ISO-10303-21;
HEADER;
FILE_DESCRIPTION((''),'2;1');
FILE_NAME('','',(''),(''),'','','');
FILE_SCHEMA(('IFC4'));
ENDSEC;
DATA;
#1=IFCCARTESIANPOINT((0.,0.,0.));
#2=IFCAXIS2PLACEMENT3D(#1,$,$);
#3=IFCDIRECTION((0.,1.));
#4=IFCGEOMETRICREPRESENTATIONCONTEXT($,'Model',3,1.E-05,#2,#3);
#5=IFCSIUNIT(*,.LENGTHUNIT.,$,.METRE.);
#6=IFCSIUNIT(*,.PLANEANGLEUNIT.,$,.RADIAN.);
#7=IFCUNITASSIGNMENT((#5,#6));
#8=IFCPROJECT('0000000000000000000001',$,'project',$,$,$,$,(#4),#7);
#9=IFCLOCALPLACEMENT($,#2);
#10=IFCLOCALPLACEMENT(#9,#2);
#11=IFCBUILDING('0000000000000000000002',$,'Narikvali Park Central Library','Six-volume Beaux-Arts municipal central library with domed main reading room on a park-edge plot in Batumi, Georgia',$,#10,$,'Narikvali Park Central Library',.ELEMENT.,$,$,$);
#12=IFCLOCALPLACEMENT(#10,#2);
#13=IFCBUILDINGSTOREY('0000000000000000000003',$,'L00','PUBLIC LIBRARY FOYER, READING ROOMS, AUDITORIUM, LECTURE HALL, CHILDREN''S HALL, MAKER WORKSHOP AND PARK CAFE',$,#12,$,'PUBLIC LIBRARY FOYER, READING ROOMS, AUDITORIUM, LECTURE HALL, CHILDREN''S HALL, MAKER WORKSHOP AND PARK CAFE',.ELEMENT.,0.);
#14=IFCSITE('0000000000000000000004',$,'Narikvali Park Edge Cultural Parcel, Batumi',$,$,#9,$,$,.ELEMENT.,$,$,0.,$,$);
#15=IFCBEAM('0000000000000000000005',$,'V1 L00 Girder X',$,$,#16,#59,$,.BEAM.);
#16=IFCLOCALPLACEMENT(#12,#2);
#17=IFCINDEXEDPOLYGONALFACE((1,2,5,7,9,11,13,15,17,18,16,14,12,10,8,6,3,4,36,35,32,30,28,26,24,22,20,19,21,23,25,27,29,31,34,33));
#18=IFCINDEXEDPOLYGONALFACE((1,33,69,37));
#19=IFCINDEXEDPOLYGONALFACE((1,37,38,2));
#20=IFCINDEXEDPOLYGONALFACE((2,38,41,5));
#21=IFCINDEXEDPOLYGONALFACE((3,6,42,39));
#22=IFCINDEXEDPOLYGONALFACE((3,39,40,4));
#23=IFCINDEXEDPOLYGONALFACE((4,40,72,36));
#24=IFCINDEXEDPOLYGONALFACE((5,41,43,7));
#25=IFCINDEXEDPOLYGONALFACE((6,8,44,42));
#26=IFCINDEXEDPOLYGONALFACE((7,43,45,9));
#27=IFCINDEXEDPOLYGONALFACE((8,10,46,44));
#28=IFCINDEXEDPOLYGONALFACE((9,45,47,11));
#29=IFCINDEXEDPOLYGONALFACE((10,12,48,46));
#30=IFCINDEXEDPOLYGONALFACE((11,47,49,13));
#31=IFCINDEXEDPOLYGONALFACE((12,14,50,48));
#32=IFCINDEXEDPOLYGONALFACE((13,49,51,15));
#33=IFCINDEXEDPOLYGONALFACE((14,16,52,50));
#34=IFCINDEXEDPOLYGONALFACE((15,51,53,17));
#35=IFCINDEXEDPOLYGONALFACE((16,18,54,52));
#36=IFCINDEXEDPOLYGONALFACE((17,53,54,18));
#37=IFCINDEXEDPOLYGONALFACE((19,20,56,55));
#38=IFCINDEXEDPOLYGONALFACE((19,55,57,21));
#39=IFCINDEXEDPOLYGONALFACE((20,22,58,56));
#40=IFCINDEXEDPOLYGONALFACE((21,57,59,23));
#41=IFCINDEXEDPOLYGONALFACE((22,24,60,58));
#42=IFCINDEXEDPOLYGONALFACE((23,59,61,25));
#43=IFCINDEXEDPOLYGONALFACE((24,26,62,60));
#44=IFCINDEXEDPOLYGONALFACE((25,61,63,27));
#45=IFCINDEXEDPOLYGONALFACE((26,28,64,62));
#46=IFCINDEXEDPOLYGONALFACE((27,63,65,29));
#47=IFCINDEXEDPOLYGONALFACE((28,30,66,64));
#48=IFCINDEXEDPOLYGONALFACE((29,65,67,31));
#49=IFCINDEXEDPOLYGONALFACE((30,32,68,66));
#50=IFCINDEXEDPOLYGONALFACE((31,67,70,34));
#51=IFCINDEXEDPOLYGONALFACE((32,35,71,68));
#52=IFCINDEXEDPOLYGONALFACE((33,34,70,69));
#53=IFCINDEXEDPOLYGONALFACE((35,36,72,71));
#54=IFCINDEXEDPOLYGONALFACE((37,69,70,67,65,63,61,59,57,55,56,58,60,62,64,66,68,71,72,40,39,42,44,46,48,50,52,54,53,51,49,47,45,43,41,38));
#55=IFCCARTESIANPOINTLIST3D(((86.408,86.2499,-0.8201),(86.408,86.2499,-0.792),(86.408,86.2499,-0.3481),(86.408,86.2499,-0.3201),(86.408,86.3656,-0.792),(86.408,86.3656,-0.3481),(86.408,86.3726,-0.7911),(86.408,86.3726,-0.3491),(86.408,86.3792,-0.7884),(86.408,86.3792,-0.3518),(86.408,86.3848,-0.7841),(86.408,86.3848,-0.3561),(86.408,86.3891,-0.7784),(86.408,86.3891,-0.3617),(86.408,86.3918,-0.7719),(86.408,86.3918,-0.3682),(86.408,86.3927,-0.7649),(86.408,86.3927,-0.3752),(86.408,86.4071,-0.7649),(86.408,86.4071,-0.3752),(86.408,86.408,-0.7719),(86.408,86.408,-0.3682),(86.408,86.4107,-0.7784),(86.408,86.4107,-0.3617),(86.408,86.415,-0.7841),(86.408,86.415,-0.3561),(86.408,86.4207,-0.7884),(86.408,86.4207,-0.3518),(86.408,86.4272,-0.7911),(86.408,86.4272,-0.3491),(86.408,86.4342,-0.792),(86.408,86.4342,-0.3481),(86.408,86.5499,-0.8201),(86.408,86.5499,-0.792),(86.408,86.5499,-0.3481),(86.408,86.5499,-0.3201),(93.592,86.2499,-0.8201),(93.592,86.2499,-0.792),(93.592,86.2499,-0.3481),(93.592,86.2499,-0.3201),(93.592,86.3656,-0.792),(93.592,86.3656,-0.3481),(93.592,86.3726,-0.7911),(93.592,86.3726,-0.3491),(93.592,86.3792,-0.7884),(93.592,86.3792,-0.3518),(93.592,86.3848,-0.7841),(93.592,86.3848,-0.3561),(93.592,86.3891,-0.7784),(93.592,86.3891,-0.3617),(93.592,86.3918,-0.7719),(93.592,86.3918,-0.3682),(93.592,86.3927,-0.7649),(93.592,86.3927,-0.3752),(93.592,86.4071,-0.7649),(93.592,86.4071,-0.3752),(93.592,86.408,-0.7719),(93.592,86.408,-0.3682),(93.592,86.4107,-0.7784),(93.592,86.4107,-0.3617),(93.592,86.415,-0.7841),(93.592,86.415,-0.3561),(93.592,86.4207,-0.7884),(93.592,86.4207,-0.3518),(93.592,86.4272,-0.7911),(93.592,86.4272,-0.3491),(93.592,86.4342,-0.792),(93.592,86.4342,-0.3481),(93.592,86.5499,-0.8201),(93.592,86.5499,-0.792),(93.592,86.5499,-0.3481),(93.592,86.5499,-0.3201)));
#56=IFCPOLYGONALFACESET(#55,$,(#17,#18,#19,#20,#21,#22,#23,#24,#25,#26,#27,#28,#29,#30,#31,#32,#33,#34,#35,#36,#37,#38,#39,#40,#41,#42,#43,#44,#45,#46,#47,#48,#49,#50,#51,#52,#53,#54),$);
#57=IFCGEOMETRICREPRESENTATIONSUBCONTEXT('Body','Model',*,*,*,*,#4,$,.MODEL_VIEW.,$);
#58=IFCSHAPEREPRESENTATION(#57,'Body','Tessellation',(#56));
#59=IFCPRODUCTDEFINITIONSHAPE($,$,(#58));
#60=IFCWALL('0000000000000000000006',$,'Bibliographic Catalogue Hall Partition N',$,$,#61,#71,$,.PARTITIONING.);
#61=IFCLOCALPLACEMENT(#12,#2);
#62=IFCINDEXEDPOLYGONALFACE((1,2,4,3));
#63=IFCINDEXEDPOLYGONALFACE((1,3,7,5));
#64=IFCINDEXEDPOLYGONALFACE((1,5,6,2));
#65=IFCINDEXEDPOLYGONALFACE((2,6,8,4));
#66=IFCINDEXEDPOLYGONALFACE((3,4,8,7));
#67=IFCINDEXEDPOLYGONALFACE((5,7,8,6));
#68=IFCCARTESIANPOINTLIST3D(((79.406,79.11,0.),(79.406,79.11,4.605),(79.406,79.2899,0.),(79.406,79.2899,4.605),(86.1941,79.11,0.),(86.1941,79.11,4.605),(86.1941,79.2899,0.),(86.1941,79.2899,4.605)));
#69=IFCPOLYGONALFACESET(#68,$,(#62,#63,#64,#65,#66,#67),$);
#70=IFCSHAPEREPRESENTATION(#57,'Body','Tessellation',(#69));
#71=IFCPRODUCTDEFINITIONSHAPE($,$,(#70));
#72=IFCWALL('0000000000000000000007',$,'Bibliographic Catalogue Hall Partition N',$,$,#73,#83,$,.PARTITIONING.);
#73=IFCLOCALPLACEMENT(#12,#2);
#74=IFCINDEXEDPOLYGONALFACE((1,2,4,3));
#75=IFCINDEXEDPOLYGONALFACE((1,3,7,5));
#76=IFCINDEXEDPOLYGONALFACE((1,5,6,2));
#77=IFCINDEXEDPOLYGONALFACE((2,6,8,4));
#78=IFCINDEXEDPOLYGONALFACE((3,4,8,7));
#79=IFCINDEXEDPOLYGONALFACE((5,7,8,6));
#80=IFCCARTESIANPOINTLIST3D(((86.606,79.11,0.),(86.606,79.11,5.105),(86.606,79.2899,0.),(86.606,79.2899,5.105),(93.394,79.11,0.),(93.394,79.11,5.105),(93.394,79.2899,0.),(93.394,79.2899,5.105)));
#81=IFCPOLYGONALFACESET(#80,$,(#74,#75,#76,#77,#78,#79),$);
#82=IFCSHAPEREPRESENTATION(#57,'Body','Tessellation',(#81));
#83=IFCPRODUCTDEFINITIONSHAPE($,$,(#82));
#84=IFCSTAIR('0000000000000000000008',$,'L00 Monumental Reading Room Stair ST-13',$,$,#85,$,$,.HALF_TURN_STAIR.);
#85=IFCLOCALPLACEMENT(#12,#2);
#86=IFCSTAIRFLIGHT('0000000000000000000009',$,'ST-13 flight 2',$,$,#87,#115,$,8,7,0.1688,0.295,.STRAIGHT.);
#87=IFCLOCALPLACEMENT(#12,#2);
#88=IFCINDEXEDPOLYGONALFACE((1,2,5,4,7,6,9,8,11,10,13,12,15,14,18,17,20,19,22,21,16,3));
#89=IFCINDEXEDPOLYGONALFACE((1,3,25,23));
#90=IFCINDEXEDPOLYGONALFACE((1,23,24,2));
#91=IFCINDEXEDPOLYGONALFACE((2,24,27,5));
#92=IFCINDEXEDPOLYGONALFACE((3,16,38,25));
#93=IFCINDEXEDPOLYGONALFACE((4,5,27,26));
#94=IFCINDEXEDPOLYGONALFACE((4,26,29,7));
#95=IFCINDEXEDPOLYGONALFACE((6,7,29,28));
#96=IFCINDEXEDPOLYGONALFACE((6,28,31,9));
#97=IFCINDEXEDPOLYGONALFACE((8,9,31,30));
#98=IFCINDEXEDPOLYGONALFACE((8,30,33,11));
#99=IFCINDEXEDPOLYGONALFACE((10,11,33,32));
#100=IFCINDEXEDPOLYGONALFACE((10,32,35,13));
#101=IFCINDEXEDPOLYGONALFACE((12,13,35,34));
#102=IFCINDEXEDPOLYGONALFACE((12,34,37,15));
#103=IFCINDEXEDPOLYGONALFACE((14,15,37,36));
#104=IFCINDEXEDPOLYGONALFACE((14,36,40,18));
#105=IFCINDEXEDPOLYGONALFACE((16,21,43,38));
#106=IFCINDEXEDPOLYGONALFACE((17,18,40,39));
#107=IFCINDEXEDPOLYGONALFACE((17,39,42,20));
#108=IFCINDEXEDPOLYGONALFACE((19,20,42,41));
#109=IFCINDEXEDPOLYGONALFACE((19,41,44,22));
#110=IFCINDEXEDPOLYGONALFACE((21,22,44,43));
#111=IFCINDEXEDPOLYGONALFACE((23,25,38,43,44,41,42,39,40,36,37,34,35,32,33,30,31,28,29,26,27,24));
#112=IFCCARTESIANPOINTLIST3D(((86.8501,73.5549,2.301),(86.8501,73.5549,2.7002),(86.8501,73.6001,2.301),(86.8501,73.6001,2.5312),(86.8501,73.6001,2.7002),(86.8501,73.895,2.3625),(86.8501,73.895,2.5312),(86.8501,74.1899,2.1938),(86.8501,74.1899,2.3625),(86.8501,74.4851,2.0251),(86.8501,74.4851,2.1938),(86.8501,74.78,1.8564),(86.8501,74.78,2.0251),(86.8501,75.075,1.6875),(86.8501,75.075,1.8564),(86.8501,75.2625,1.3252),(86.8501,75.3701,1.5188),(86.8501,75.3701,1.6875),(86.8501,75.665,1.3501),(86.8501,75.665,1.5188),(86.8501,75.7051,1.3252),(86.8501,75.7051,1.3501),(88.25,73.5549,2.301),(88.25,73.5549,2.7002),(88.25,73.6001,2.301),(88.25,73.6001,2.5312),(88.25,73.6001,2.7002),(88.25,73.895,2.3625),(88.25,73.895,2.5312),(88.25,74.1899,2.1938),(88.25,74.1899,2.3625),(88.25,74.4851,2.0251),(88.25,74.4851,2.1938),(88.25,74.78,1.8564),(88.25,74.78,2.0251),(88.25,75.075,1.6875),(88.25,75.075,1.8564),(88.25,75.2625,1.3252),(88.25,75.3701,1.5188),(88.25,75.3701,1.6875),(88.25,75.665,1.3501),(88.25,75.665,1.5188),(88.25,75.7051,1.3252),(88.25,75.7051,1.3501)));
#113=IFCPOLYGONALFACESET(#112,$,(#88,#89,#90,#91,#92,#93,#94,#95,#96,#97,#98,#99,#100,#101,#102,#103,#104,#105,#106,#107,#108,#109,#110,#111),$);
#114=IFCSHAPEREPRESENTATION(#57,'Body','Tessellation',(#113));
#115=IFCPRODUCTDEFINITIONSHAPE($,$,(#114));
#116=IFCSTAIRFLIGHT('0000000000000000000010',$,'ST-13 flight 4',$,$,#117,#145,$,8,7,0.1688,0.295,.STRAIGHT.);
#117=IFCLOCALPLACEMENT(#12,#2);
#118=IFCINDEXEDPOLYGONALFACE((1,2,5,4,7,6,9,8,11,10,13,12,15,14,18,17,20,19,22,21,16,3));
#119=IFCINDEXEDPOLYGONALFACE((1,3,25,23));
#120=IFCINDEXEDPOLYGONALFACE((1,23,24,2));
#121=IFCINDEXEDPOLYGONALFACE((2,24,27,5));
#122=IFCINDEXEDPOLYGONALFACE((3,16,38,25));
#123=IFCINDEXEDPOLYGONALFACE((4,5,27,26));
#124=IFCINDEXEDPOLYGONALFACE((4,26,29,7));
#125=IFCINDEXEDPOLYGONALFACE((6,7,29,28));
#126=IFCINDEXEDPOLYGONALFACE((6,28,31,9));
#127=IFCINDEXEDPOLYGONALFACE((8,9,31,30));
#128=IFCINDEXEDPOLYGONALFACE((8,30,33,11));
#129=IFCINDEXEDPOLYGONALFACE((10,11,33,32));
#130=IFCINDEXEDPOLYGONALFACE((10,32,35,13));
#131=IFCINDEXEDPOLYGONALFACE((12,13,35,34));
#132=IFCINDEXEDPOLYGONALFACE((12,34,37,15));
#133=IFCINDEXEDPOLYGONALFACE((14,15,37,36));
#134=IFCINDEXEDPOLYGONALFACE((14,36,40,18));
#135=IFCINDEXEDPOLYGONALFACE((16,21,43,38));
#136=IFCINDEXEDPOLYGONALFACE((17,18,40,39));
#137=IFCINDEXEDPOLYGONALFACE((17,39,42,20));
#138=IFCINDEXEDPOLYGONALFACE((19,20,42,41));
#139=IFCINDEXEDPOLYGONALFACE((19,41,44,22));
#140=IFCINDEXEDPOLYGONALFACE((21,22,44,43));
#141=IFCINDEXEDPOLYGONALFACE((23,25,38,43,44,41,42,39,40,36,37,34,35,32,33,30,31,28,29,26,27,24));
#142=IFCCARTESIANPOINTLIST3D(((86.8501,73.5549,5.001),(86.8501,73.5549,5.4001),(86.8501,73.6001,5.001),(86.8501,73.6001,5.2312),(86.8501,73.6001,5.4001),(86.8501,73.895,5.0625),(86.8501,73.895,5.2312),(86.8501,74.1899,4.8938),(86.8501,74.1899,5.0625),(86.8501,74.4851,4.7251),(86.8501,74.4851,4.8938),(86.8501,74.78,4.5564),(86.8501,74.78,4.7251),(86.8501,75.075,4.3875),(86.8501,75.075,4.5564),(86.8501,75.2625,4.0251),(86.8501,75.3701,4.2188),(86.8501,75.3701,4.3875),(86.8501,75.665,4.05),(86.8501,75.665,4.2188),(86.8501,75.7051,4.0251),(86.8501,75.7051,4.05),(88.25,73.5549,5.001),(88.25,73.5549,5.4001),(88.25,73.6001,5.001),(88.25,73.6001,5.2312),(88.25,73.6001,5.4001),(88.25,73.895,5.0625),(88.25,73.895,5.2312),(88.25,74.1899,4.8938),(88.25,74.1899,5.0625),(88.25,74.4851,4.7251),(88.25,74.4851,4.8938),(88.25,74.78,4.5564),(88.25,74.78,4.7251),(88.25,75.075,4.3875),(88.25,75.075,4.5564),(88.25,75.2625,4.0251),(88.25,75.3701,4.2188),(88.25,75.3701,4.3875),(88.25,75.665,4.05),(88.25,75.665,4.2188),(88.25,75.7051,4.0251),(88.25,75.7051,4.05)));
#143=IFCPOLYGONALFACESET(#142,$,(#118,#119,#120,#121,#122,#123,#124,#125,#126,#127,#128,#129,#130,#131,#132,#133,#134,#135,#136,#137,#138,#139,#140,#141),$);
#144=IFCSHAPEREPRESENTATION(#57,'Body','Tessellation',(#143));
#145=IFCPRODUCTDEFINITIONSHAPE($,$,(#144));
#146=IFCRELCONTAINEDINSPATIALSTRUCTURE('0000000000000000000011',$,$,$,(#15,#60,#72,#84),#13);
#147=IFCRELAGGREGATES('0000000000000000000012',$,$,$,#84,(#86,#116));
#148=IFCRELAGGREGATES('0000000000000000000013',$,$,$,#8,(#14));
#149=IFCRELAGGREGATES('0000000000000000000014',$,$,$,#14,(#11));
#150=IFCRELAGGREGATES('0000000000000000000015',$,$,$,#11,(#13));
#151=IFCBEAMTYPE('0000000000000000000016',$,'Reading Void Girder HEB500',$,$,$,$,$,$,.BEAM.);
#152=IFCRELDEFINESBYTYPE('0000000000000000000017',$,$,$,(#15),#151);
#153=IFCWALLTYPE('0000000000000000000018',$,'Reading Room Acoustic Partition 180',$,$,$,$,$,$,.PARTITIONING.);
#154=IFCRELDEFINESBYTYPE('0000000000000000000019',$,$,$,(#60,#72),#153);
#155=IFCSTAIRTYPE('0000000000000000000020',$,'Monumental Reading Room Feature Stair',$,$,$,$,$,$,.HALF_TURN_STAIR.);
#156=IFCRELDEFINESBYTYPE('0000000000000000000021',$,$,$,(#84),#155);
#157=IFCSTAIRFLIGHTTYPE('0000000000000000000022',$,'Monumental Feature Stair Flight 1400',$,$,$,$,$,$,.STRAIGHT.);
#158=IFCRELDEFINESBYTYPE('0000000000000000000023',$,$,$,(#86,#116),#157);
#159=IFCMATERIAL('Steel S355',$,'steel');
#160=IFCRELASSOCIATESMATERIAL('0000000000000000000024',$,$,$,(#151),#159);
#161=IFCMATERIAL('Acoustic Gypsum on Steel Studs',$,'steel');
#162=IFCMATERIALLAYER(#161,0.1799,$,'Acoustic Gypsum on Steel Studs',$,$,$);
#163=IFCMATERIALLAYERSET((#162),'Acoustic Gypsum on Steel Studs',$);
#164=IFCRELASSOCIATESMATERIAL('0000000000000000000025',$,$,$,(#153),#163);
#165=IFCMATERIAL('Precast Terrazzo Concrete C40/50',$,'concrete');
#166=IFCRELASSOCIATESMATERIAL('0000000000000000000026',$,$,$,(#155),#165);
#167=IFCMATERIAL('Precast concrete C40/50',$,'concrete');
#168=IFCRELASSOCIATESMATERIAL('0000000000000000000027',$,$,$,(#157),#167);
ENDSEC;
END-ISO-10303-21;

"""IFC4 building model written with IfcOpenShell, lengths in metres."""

from ifc_helpers import new_model, si_unit, direction, frame, frame_2d, origin, origin_2d, place, context, subcontext, project, spatial, polyline, rectangle, i_section, outline, extrude, material, layer, layer_set, material_profile, profile_set, type_object, element, aggregate, save


model = new_model("IFC4")

# Units and contexts
model_context = context("Model", 3, precision=1e-05, world=origin(), true_north=direction((0.0, 1.0)))
body_context = subcontext(model_context, "Body", "Model", "MODEL_VIEW")
ifc_project = project(units=[si_unit("LENGTHUNIT", "METRE"), si_unit("PLANEANGLEUNIT", "RADIAN")], contexts=[model_context])

# Site, building, storey
site_placement = place(None, origin())
site = spatial("IfcSite", under=ifc_project, at=site_placement, Name="Narikvali Park Edge Cultural Parcel, Batumi", CompositionType="ELEMENT", RefElevation=0.0)
building_placement = place(site_placement, origin())
building = spatial("IfcBuilding", under=site, at=building_placement, Name="Narikvali Park Central Library", Description="Six-volume Beaux-Arts municipal central library with domed main reading room on a park-edge plot in Batumi, Georgia", LongName="Narikvali Park Central Library", CompositionType="ELEMENT")
storey_placement = place(building_placement, origin())
storey = spatial("IfcBuildingStorey", under=building, at=storey_placement, Name="L00", Description="PUBLIC LIBRARY FOYER, READING ROOMS, AUDITORIUM, LECTURE HALL, CHILDREN'S HALL, MAKER WORKSHOP AND PARK CAFE", LongName="PUBLIC LIBRARY FOYER, READING ROOMS, AUDITORIUM, LECTURE HALL, CHILDREN'S HALL, MAKER WORKSHOP AND PARK CAFE", CompositionType="ELEMENT", Elevation=0.0)

# Shared definitions
ifc_material_1 = material(Name="Steel S355", Category="steel")

# Beam
ifc_material_profile_1 = material_profile(ifc_material_1, i_section(OverallWidth=0.3, OverallDepth=0.5, WebThickness=0.0144, FlangeThickness=0.0281, FilletRadius=0.0271, at=origin_2d()), Name="HEB 500")
ifc_profile_set_1 = profile_set([ifc_material_profile_1], Name="Steel S355")
beam_type_1 = type_object("IfcBeamType", Name="Reading Void Girder HEB500", PredefinedType="BEAM", material=ifc_profile_set_1)
for number, where, z_axis, x_axis, name in (
    (1, (86.408, 86.3999, -0.5701), (1.0, 0.0, 0.0), (0.0, 1.0, 0.0), "V1 L00 Girder X"),
):
    element("IfcBeam", number, at=place(storey_placement, frame(where, z_axis=z_axis, x_axis=x_axis)), inside=storey, type_object=beam_type_1, Name=name, PredefinedType="BEAM", context=body_context, shape_type="SweptSolid", body=[
        extrude(i_section(OverallWidth=0.3, OverallDepth=0.5, WebThickness=0.0144, FlangeThickness=0.0281, FilletRadius=0.0271, at=origin_2d()), origin(), (0.0, 0.0, 1.0), 7.1841),
    ])

# Walls
ifc_material_2 = material(Name="Acoustic Gypsum on Steel Studs", Category="steel")
ifc_layer_1 = layer(ifc_material_2, 0.1799, Name="Acoustic Gypsum on Steel Studs")
ifc_layer_set_1 = layer_set([ifc_layer_1], Name="Acoustic Gypsum on Steel Studs")
wall_type = type_object("IfcWallType", Name="Reading Room Acoustic Partition 180", PredefinedType="PARTITIONING", material=ifc_layer_set_1)
wall_1_placement = place(storey_placement, frame((79.406, 79.2, 0.0), z_axis=(0.0, 0.0, 1.0), x_axis=(1.0, 0.0, 0.0)))
element("IfcWall", 2, at=wall_1_placement, inside=storey, type_object=wall_type, Name="Bibliographic Catalogue Hall Partition N", PredefinedType="PARTITIONING", context=body_context, shape_type="SweptSolid", body=[
    extrude(rectangle(XDim=6.7881, YDim=0.1799, at=frame_2d((3.394, 0.0))), origin(), (0.0, 0.0, 1.0), 4.605),
])
wall_2_placement = place(storey_placement, frame((86.606, 79.2, 0.0), z_axis=(0.0, 0.0, 1.0), x_axis=(1.0, 0.0, 0.0)))
element("IfcWall", 3, at=wall_2_placement, inside=storey, type_object=wall_type, Name="Bibliographic Catalogue Hall Partition N", PredefinedType="PARTITIONING", context=body_context, shape_type="SweptSolid", body=[
    extrude(rectangle(XDim=6.7881, YDim=0.1799, at=frame_2d((3.394, 0.0))), origin(), (0.0, 0.0, 1.0), 5.105),
])

# Stair, stair flights
ifc_material_3 = material(Name="Precast Terrazzo Concrete C40/50", Category="concrete")
stair_type = type_object("IfcStairType", Name="Monumental Reading Room Feature Stair", PredefinedType="HALF_TURN_STAIR", material=ifc_material_3)
stair_placement = place(storey_placement, origin())
stair = element("IfcStair", 4, at=stair_placement, inside=storey, type_object=stair_type, Name="L00 Monumental Reading Room Stair ST-13", PredefinedType="HALF_TURN_STAIR")
ifc_material_4 = material(Name="Precast concrete C40/50", Category="concrete")
stair_flight_type = type_object("IfcStairFlightType", Name="Monumental Feature Stair Flight 1400", PredefinedType="STRAIGHT", material=ifc_material_4)
stair_flight_1_placement = place(storey_placement, frame((87.55, 75.665, 1.3501), z_axis=(0.0, 0.0, 1.0), x_axis=(0.0, -1.0, 0.0)))
stair_flight_1 = element("IfcStairFlight", 5, at=stair_flight_1_placement, type_object=stair_flight_type, Name="ST-13 flight 2", NumberOfRisers=8, NumberOfTreads=7, PredefinedType="STRAIGHT", RiserHeight=0.1688, TreadLength=0.295, context=body_context, shape_type="SweptSolid", body=[
    extrude(outline(polyline([(-0.04, -0.0249), (-0.04, 0.0), (0.0, 0.0), (0.0, 0.1687), (0.2949, 0.1687), (0.2949, 0.3374), (0.5901, 0.3374), (0.5901, 0.5063), (0.885, 0.5063), (0.885, 0.675), (1.1799, 0.675), (1.1799, 0.8438), (1.4751, 0.8438), (1.4751, 1.0125), (1.77, 1.0125), (1.77, 1.1812), (2.0649, 1.1812), (2.0649, 1.3501), (2.1101, 1.3501), (2.1101, 0.9509), (2.0649, 0.9509), (0.4026, -0.0249), (-0.04, -0.0249)])), frame((0.0, 0.7, 0.0), z_axis=(0.0, -1.0, 0.0), x_axis=(1.0, 0.0, 0.0)), (0.0, 0.0, 1.0), 1.3999),
])
stair_flight_2_placement = place(storey_placement, frame((87.55, 75.665, 4.05), z_axis=(0.0, 0.0, 1.0), x_axis=(0.0, -1.0, 0.0)))
stair_flight_2 = element("IfcStairFlight", 6, at=stair_flight_2_placement, type_object=stair_flight_type, Name="ST-13 flight 4", NumberOfRisers=8, NumberOfTreads=7, PredefinedType="STRAIGHT", RiserHeight=0.1688, TreadLength=0.295, context=body_context, shape_type="SweptSolid", body=[
    extrude(outline(polyline([(-0.04, -0.0249), (-0.04, 0.0), (0.0, 0.0), (0.0, 0.1687), (0.2949, 0.1687), (0.2949, 0.3374), (0.5901, 0.3374), (0.5901, 0.5063), (0.885, 0.5063), (0.885, 0.675), (1.1799, 0.675), (1.1799, 0.8438), (1.4751, 0.8438), (1.4751, 1.0125), (1.77, 1.0125), (1.77, 1.1812), (2.0649, 1.1812), (2.0649, 1.3501), (2.1101, 1.3501), (2.1101, 0.9509), (2.0649, 0.9509), (0.4026, -0.0249), (-0.04, -0.0249)])), frame((0.0, 0.7, 0.0), z_axis=(0.0, -1.0, 0.0), x_axis=(1.0, 0.0, 0.0)), (0.0, 0.0, 1.0), 1.3999),
])
aggregate(stair, [stair_flight_1, stair_flight_2])

save(model, "model.ifc")
